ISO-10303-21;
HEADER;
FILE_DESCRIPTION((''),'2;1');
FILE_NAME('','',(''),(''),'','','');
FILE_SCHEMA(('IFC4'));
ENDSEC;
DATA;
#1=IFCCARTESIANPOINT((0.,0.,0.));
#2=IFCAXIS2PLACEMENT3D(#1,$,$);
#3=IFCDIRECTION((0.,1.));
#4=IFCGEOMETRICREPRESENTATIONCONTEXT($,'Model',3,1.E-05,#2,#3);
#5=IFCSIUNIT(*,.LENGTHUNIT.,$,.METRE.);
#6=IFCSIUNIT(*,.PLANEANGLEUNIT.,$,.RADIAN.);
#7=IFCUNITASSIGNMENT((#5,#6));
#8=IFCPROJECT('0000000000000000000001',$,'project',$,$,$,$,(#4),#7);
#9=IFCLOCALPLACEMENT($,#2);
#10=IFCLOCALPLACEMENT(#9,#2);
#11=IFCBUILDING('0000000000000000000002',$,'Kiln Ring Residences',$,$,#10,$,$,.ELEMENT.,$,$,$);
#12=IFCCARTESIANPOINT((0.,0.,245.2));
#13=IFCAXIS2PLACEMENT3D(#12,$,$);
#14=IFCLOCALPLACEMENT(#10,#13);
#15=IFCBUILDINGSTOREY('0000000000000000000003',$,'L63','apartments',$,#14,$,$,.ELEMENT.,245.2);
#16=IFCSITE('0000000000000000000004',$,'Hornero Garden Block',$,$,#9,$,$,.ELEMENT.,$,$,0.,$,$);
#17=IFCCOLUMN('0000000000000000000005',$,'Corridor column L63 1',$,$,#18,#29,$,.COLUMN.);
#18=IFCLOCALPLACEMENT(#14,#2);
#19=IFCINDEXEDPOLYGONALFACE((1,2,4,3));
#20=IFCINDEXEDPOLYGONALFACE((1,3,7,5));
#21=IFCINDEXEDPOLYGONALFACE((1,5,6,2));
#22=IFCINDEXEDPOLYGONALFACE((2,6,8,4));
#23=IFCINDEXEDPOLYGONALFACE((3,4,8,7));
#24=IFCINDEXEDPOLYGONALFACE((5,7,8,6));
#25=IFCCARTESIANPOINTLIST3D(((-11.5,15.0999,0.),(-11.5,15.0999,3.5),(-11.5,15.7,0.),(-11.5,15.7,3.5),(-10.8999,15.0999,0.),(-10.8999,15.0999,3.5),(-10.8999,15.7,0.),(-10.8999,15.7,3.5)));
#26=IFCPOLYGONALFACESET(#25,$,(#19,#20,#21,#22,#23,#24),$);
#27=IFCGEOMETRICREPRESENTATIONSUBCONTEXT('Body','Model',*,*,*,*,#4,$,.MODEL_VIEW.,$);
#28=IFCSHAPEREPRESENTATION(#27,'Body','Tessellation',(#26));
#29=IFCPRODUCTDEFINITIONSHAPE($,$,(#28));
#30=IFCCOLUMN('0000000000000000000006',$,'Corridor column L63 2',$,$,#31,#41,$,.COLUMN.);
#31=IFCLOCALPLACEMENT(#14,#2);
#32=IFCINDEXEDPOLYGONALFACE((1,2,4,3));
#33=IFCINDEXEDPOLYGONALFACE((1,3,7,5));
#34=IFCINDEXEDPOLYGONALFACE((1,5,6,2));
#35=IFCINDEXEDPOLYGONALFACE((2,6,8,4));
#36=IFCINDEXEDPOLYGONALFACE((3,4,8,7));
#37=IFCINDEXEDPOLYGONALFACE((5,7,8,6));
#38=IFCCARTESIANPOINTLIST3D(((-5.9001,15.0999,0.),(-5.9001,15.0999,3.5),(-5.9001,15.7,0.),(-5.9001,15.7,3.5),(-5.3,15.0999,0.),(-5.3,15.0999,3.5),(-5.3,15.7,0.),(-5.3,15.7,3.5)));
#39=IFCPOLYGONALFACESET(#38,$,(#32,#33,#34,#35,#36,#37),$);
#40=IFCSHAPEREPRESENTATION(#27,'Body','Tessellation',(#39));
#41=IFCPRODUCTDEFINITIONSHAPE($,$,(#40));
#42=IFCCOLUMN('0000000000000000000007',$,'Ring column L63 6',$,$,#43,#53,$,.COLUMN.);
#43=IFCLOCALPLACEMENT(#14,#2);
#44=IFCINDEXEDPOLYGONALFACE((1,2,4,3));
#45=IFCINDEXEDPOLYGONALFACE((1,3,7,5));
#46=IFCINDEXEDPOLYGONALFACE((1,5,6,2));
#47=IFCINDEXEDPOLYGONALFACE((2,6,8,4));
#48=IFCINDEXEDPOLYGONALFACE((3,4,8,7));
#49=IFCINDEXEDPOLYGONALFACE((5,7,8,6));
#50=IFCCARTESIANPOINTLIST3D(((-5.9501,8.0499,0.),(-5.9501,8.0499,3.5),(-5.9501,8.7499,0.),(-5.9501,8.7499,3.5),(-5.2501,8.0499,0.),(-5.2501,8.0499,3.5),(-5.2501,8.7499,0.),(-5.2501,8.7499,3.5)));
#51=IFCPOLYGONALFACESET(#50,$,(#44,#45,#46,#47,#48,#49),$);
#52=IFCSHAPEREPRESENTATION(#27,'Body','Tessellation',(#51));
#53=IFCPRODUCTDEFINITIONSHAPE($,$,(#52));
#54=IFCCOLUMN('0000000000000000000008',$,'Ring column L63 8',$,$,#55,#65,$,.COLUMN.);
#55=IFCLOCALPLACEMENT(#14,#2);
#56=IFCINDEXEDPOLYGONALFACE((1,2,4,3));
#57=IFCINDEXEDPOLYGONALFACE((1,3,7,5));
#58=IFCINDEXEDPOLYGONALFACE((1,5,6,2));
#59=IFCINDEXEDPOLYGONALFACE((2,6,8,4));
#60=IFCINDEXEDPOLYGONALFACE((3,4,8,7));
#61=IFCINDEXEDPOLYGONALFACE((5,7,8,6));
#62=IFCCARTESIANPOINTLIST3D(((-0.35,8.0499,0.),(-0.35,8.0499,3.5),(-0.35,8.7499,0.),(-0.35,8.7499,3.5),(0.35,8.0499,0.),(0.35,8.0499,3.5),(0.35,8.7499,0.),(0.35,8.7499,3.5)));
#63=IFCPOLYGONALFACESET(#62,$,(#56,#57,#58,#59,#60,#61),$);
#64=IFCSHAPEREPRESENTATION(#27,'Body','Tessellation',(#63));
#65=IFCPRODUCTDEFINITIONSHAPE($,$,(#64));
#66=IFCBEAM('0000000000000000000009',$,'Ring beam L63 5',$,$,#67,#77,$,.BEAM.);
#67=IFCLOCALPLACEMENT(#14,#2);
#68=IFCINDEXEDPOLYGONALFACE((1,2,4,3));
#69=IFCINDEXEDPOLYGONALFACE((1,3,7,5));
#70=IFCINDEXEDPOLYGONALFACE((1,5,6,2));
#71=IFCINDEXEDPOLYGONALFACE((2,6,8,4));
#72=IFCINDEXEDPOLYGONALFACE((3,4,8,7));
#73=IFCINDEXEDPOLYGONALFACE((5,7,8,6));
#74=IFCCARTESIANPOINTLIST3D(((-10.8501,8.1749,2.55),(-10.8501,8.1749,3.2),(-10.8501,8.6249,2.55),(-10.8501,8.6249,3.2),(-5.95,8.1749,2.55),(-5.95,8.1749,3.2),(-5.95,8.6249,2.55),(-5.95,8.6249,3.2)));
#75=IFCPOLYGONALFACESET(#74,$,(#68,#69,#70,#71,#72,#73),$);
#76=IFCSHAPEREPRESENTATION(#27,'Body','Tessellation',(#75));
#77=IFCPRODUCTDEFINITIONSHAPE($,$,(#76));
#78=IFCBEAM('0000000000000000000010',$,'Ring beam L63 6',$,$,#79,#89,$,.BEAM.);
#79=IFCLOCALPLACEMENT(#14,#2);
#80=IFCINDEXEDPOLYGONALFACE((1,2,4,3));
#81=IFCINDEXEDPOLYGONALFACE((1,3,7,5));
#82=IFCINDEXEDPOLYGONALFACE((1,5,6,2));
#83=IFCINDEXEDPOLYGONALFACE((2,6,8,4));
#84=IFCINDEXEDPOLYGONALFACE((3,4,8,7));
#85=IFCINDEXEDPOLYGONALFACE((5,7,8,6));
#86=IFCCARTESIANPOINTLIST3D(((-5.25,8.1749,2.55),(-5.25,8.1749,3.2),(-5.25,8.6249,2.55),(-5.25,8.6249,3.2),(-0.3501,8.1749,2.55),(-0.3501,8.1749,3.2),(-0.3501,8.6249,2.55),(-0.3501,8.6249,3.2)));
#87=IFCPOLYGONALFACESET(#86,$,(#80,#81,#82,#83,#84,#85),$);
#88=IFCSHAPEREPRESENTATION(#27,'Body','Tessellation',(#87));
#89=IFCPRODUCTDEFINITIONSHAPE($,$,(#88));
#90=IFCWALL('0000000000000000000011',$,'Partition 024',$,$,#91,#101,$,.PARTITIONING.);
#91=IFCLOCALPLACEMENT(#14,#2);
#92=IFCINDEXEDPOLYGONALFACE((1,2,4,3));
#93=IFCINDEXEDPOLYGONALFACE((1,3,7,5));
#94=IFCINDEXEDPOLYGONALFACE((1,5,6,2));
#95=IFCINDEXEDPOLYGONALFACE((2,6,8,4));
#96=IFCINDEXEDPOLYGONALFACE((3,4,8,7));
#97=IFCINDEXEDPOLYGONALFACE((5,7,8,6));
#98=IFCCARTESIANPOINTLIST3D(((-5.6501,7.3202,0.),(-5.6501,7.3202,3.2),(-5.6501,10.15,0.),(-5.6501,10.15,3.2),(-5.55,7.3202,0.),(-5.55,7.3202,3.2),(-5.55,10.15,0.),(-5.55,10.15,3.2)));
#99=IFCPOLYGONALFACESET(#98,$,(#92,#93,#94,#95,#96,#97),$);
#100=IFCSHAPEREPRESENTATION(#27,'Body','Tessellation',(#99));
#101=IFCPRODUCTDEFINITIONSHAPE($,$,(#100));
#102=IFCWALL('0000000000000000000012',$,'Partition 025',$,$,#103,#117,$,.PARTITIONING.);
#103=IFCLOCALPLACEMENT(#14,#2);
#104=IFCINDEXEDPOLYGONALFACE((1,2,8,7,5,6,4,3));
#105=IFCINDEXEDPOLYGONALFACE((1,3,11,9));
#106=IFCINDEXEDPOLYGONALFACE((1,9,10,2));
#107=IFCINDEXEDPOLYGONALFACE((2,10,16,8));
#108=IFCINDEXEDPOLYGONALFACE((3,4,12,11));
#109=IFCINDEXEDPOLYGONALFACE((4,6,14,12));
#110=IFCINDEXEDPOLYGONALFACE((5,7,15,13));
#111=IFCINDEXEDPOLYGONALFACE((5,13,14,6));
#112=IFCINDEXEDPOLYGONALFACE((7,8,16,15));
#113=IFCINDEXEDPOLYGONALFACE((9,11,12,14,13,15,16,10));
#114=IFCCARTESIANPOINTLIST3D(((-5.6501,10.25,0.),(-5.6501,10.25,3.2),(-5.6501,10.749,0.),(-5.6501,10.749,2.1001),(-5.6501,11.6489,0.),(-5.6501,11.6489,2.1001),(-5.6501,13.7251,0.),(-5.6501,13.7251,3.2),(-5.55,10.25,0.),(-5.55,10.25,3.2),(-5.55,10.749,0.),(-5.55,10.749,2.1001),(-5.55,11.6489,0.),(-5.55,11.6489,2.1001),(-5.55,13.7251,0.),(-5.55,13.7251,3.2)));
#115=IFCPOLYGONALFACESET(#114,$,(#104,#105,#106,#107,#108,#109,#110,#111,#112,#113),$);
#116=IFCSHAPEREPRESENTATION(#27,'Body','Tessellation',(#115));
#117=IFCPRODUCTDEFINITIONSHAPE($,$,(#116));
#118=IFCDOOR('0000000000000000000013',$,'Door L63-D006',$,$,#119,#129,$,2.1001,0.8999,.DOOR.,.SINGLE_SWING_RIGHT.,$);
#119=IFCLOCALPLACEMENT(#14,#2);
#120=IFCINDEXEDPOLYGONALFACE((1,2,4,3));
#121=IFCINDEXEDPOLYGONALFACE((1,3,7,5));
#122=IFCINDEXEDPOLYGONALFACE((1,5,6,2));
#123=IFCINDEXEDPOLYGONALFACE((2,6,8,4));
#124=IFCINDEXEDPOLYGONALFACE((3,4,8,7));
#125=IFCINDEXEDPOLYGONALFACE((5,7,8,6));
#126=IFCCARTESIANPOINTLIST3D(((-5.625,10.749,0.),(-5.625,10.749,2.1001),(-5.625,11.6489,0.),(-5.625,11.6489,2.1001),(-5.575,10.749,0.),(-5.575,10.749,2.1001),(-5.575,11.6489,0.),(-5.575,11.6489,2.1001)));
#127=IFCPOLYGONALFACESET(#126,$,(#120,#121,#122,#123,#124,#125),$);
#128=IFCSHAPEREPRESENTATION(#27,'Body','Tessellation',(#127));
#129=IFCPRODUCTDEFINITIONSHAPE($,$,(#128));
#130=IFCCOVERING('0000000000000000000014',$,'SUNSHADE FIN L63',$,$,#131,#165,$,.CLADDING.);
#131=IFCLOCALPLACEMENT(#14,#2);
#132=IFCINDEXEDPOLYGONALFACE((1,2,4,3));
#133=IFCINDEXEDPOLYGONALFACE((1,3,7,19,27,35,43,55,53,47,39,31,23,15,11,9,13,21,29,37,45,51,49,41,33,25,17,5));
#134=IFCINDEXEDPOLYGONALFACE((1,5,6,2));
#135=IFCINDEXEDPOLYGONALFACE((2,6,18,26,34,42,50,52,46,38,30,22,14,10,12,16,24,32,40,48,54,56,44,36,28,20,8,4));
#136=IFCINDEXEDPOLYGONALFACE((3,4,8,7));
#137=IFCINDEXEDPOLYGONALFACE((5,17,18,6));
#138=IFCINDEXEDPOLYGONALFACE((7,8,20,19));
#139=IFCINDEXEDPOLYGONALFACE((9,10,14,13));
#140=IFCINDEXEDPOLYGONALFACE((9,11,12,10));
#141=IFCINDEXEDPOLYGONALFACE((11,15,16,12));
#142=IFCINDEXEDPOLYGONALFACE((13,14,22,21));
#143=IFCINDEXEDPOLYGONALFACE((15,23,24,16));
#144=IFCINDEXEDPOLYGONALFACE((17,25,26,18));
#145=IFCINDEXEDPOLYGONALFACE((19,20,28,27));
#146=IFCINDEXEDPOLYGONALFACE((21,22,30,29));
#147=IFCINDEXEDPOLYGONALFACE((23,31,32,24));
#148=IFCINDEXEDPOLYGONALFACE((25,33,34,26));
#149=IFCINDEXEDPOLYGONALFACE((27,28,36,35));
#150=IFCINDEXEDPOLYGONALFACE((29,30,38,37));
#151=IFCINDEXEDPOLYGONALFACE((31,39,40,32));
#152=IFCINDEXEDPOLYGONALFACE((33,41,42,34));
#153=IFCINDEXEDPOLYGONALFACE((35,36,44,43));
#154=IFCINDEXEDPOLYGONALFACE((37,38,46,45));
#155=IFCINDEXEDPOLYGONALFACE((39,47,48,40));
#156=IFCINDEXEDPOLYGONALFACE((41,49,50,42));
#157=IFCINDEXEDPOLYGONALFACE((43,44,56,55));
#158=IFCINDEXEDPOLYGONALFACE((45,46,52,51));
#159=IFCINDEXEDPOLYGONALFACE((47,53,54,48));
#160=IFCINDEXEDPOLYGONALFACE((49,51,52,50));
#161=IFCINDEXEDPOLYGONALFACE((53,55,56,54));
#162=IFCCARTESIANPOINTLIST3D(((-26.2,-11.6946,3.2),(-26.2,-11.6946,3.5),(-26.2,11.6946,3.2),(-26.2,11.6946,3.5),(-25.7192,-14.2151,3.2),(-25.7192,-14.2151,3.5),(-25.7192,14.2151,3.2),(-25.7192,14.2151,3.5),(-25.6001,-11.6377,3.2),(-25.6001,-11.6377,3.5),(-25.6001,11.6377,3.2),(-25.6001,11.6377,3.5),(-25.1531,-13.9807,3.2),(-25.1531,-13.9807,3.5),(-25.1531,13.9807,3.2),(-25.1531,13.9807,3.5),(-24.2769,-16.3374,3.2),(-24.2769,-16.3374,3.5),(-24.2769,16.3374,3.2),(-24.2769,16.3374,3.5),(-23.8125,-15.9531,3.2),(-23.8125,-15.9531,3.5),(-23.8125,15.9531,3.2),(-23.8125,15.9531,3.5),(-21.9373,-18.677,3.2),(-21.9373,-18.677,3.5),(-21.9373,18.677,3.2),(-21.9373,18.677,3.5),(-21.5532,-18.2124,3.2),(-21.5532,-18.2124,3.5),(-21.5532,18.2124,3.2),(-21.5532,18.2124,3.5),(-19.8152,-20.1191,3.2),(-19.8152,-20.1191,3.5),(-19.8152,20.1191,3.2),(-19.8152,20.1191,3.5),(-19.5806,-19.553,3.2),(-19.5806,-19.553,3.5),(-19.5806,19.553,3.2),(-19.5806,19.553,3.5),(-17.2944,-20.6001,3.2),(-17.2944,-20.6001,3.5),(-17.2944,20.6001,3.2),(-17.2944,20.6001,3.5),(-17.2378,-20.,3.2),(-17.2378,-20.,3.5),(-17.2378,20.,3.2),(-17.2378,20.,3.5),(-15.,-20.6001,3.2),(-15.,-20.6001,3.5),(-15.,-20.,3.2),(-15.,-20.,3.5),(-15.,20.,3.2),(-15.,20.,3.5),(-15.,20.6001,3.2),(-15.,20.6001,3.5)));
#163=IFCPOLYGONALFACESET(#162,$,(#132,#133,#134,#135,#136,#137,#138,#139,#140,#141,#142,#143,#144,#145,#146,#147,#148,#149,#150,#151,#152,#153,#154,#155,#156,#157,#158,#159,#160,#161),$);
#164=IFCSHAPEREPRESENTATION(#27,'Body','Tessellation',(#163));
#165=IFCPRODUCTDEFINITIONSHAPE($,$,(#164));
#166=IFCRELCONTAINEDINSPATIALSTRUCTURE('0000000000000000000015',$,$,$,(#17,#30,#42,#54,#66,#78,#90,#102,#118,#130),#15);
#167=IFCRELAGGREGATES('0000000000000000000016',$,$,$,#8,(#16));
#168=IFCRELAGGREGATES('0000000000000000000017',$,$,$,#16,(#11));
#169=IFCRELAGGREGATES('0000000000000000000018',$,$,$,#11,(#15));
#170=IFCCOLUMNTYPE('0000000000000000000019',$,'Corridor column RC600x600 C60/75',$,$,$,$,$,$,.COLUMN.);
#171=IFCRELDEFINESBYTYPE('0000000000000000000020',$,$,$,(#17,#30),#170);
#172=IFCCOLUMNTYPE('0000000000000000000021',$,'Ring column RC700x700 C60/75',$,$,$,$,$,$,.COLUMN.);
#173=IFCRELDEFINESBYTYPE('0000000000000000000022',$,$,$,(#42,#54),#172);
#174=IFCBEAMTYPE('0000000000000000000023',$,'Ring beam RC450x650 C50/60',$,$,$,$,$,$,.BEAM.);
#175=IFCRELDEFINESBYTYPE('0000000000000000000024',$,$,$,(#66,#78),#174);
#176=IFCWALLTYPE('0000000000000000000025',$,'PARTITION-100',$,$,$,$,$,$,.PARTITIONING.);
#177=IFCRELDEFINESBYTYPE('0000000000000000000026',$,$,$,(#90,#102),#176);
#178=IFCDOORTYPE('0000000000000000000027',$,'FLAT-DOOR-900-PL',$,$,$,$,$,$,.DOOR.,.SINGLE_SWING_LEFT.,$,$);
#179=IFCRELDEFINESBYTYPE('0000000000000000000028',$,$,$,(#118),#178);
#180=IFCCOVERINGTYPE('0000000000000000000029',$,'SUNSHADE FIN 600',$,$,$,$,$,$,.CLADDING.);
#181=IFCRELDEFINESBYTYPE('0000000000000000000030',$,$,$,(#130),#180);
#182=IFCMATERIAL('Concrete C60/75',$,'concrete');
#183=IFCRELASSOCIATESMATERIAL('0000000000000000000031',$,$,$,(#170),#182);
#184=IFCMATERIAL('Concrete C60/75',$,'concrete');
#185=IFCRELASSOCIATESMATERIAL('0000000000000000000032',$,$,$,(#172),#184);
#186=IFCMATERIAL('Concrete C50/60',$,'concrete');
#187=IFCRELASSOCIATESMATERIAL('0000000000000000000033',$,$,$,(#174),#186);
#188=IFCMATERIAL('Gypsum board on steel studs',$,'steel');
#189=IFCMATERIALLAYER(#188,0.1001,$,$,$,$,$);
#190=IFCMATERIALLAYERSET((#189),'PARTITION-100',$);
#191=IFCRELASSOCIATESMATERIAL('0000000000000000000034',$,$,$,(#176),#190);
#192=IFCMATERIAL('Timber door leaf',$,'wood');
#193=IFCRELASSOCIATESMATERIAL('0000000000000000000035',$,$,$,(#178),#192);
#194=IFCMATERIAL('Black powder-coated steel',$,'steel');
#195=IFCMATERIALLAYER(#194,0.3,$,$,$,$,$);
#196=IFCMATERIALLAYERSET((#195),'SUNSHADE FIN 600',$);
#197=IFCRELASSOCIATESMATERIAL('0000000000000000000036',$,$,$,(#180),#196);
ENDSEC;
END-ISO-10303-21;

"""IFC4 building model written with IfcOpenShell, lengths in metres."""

from ifc_helpers import new_model, si_unit, direction, frame, frame_2d, origin, origin_2d, place, context, subcontext, project, spatial, polyline, rectangle, outline, extrude, material, layer, layer_set, material_profile, profile_set, type_object, element, fill, save


model = new_model("IFC4")

# Units and contexts
model_context = context("Model", 3, precision=1e-05, world=origin(), true_north=direction((0.0, 1.0)))
body_context = subcontext(model_context, "Body", "Model", "MODEL_VIEW")
ifc_project = project(units=[si_unit("LENGTHUNIT", "METRE"), si_unit("PLANEANGLEUNIT", "RADIAN")], contexts=[model_context])

# Site, building, storey
site_placement = place(None, origin())
site = spatial("IfcSite", under=ifc_project, at=site_placement, Name="Hornero Garden Block", CompositionType="ELEMENT", RefElevation=0.0)
building_placement = place(site_placement, origin())
building = spatial("IfcBuilding", under=site, at=building_placement, Name="Kiln Ring Residences", CompositionType="ELEMENT")
storey_placement = place(building_placement, frame((0.0, 0.0, 245.2)))
storey = spatial("IfcBuildingStorey", under=building, at=storey_placement, Name="L63", Description="apartments", CompositionType="ELEMENT", Elevation=245.2)

# Columns
ifc_material_1 = material(Name="Concrete C60/75", Category="concrete")
ifc_material_profile_1 = material_profile(ifc_material_1, rectangle(XDim=0.6001, YDim=0.6001, at=origin_2d()), Name="RC600x600")
ifc_profile_set_1 = profile_set([ifc_material_profile_1], Name="Concrete C60/75")
column_type_1 = type_object("IfcColumnType", Name="Corridor column RC600x600 C60/75", PredefinedType="COLUMN", material=ifc_profile_set_1)
for number, where, z_axis, x_axis, name in (
    (1, (-11.2, 15.3999, 0.0), (0.0, 0.0, 1.0), (1.0, 0.0, 0.0), "Corridor column L63 1"),
    (2, (-5.6001, 15.3999, 0.0), (0.0, 0.0, 1.0), (1.0, 0.0, 0.0), "Corridor column L63 2"),
):
    element("IfcColumn", number, at=place(storey_placement, frame(where, z_axis=z_axis, x_axis=x_axis)), inside=storey, type_object=column_type_1, Name=name, PredefinedType="COLUMN", context=body_context, shape_type="SweptSolid", body=[
        extrude(rectangle(XDim=0.6001, YDim=0.6001, at=origin_2d()), origin(), (0.0, 0.0, 1.0), 3.5),
    ])
ifc_material_2 = material(Name="Concrete C60/75", Category="concrete")
ifc_material_profile_2 = material_profile(ifc_material_2, rectangle(XDim=0.7, YDim=0.7, at=origin_2d()), Name="RC700x700")
ifc_profile_set_2 = profile_set([ifc_material_profile_2], Name="Concrete C60/75")
column_type_2 = type_object("IfcColumnType", Name="Ring column RC700x700 C60/75", PredefinedType="COLUMN", material=ifc_profile_set_2)
for number, where, z_axis, x_axis, name in (
    (3, (-5.6001, 8.3999, 0.0), (0.0, 0.0, 1.0), (1.0, 0.0, 0.0), "Ring column L63 6"),
    (4, (0.0, 8.3999, 0.0), (0.0, 0.0, 1.0), (1.0, 0.0, 0.0), "Ring column L63 8"),
):
    element("IfcColumn", number, at=place(storey_placement, frame(where, z_axis=z_axis, x_axis=x_axis)), inside=storey, type_object=column_type_2, Name=name, PredefinedType="COLUMN", context=body_context, shape_type="SweptSolid", body=[
        extrude(rectangle(XDim=0.7, YDim=0.7, at=origin_2d()), origin(), (0.0, 0.0, 1.0), 3.5),
    ])

# Beams
ifc_material_3 = material(Name="Concrete C50/60", Category="concrete")
ifc_material_profile_3 = material_profile(ifc_material_3, rectangle(XDim=0.45, YDim=0.6499, at=origin_2d()), Name="RC450x650")
ifc_profile_set_3 = profile_set([ifc_material_profile_3], Name="Concrete C50/60")
beam_type = type_object("IfcBeamType", Name="Ring beam RC450x650 C50/60", PredefinedType="BEAM", material=ifc_profile_set_3)
beam_1_placement = place(storey_placement, frame((-10.8501, 8.3999, 2.875), z_axis=(1.0, 0.0, 0.0), x_axis=(0.0, 1.0, 0.0)))
element("IfcBeam", 5, at=beam_1_placement, inside=storey, type_object=beam_type, Name="Ring beam L63 5", PredefinedType="BEAM", context=body_context, shape_type="SweptSolid", body=[
    extrude(rectangle(XDim=0.45, YDim=0.6499, at=origin_2d()), origin(), (0.0, 0.0, 1.0), 4.9001),
])
beam_2_placement = place(storey_placement, frame((-5.25, 8.3999, 2.875), z_axis=(1.0, 0.0, 0.0), x_axis=(0.0, 1.0, 0.0)))
element("IfcBeam", 6, at=beam_2_placement, inside=storey, type_object=beam_type, Name="Ring beam L63 6", PredefinedType="BEAM", context=body_context, shape_type="SweptSolid", body=[
    extrude(rectangle(XDim=0.45, YDim=0.6499, at=origin_2d()), origin(), (0.0, 0.0, 1.0), 4.8999),
])

# Wall
ifc_material_4 = material(Name="Gypsum board on steel studs", Category="steel")
ifc_layer_1 = layer(ifc_material_4, 0.1001)
ifc_layer_set_1 = layer_set([ifc_layer_1], Name="PARTITION-100")
wall_type = type_object("IfcWallType", Name="PARTITION-100", PredefinedType="PARTITIONING", material=ifc_layer_set_1)
wall_1_placement = place(storey_placement, frame((-5.6001, 7.3201, 0.0), z_axis=(0.0, 0.0, 1.0), x_axis=(0.0, 1.0, 0.0)))
element("IfcWall", 7, at=wall_1_placement, inside=storey, type_object=wall_type, Name="Partition 024", PredefinedType="PARTITIONING", context=body_context, shape_type="SweptSolid", body=[
    extrude(rectangle(XDim=2.8298, YDim=0.1001, at=frame_2d((1.415, 0.0))), origin(), (0.0, 0.0, 1.0), 3.2),
])

# Wall, opening, door
wall_2_placement = place(storey_placement, frame((-5.6001, 10.25, 0.0), z_axis=(0.0, 0.0, 1.0), x_axis=(0.0, 1.0, 0.0)))
wall_2 = element("IfcWall", 8, at=wall_2_placement, inside=storey, type_object=wall_type, Name="Partition 025", PredefinedType="PARTITIONING", context=body_context, shape_type="SweptSolid", body=[
    extrude(rectangle(XDim=3.4751, YDim=0.1001, at=frame_2d((1.7375, 0.0))), origin(), (0.0, 0.0, 1.0), 3.2),
])
opening_placement = place(wall_2_placement, frame((0.499, 0.0, 0.0)))
opening = element("IfcOpeningElement", 9, at=opening_placement, cuts=wall_2, PredefinedType="OPENING", context=body_context, shape_type="SweptSolid", body=[
    extrude(rectangle(XDim=0.8999, YDim=2.1001, at=frame_2d((0.45, 1.05))), frame((0.0, 0.0601, 0.0), z_axis=(0.0, -1.0, 0.0), x_axis=(1.0, 0.0, 0.0)), (0.0, 0.0, 1.0), 0.1201),
])
ifc_material_5 = material(Name="Timber door leaf", Category="wood")
door_type = type_object("IfcDoorType", Name="FLAT-DOOR-900-PL", OperationType="SINGLE_SWING_LEFT", PredefinedType="DOOR", material=ifc_material_5)
door_placement = place(opening_placement, origin())
door = element("IfcDoor", 10, at=door_placement, inside=storey, type_object=door_type, Name="Door L63-D006", OperationType="SINGLE_SWING_RIGHT", OverallHeight=2.1001, OverallWidth=0.8999, PredefinedType="DOOR", context=body_context, shape_type="SweptSolid", body=[
    extrude(rectangle(XDim=0.8999, YDim=2.1001, at=frame_2d((0.45, 1.05))), frame((0.0, 0.0249, 0.0), z_axis=(0.0, -1.0, 0.0), x_axis=(1.0, 0.0, 0.0)), (0.0, 0.0, 1.0), 0.05),
])
fill(opening, door)

# Covering
ifc_material_6 = material(Name="Black powder-coated steel", Category="steel")
ifc_layer_2 = layer(ifc_material_6, 0.3)
ifc_layer_set_2 = layer_set([ifc_layer_2], Name="SUNSHADE FIN 600")
covering_type = type_object("IfcCoveringType", Name="SUNSHADE FIN 600", PredefinedType="CLADDING", material=ifc_layer_set_2)
placement = place(storey_placement, frame((0.0, 0.0, 3.2)))
element("IfcCovering", 11, at=placement, inside=storey, type_object=covering_type, Name="SUNSHADE FIN L63", PredefinedType="CLADDING", context=body_context, shape_type="SweptSolid", body=[
    extrude(outline(polyline([(-26.2, -11.6946), (-25.7192, -14.2151), (-24.2769, -16.3374), (-21.9373, -18.677), (-19.8152, -20.1191), (-17.2944, -20.6001), (-15.0, -20.6001), (-15.0, -20.0), (-17.2378, -20.0), (-19.5806, -19.553), (-21.5532, -18.2124), (-23.8125, -15.9531), (-25.1531, -13.9807), (-25.6001, -11.6377), (-25.6001, 11.6377), (-25.1531, 13.9807), (-23.8125, 15.9531), (-21.5532, 18.2124), (-19.5806, 19.553), (-17.2378, 20.0), (-15.0, 20.0), (-15.0, 20.6001), (-17.2944, 20.6001), (-19.8152, 20.1191), (-21.9373, 18.677), (-24.2769, 16.3374), (-25.7192, 14.2151), (-26.2, 11.6946), (-26.2, -11.6946)])), origin(), (0.0, 0.0, 1.0), 0.3),
])

save(model, "model.ifc")
